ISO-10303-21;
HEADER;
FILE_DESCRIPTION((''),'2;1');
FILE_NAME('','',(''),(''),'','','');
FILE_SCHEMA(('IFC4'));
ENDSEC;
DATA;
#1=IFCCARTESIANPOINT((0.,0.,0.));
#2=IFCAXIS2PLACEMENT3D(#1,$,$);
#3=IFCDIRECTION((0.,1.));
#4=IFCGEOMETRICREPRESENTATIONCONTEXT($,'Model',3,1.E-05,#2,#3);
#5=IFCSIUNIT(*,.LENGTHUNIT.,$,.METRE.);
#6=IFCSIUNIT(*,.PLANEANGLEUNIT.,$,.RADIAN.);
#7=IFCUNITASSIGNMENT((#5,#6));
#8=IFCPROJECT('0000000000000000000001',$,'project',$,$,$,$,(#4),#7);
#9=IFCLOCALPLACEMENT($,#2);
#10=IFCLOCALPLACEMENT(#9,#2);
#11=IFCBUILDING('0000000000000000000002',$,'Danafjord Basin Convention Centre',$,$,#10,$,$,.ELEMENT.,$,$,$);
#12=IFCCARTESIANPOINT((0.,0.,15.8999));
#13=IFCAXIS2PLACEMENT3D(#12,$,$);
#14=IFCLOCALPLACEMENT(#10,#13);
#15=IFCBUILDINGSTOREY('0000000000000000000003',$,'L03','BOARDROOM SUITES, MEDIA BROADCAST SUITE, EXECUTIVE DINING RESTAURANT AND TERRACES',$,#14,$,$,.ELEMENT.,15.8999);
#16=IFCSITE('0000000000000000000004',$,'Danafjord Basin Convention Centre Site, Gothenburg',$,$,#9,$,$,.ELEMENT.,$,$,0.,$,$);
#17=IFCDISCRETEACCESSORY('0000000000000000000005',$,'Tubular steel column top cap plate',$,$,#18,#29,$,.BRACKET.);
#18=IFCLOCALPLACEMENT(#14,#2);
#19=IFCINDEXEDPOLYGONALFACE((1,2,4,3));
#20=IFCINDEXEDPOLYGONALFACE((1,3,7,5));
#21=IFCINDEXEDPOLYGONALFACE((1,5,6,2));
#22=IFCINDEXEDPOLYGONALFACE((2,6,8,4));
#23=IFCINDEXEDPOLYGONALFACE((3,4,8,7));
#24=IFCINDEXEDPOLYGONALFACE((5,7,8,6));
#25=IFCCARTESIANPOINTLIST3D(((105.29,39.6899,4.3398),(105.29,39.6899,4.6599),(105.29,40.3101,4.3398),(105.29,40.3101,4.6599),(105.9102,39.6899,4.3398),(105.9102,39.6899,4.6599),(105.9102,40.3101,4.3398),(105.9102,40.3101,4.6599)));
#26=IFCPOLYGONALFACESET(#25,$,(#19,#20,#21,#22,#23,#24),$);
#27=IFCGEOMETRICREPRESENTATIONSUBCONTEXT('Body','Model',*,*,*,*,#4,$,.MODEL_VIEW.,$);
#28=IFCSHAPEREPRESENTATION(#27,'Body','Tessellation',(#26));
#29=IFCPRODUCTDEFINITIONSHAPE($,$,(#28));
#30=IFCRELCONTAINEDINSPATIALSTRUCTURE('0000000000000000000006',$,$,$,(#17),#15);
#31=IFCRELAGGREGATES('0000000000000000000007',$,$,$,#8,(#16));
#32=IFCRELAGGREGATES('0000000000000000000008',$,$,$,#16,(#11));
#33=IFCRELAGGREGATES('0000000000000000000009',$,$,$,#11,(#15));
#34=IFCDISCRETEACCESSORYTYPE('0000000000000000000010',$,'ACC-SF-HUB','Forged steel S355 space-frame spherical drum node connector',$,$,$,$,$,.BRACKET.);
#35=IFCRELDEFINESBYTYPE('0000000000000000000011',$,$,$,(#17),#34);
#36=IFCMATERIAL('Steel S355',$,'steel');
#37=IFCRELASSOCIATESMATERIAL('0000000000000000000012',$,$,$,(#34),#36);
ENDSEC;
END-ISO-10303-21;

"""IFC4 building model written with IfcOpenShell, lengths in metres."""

from ifc_helpers import new_model, si_unit, direction, frame, origin, origin_2d, place, context, subcontext, project, spatial, rectangle, extrude, material, type_object, element, save


model = new_model("IFC4")

# Units and contexts
model_context = context("Model", 3, precision=1e-05, world=origin(), true_north=direction((0.0, 1.0)))
body_context = subcontext(model_context, "Body", "Model", "MODEL_VIEW")
ifc_project = project(units=[si_unit("LENGTHUNIT", "METRE"), si_unit("PLANEANGLEUNIT", "RADIAN")], contexts=[model_context])

# Site, building, storey
site_placement = place(None, origin())
site = spatial("IfcSite", under=ifc_project, at=site_placement, Name="Danafjord Basin Convention Centre Site, Gothenburg", CompositionType="ELEMENT", RefElevation=0.0)
building_placement = place(site_placement, origin())
building = spatial("IfcBuilding", under=site, at=building_placement, Name="Danafjord Basin Convention Centre", CompositionType="ELEMENT")
storey_placement = place(building_placement, frame((0.0, 0.0, 15.8999)))
storey = spatial("IfcBuildingStorey", under=building, at=storey_placement, Name="L03", Description="BOARDROOM SUITES, MEDIA BROADCAST SUITE, EXECUTIVE DINING RESTAURANT AND TERRACES", CompositionType="ELEMENT", Elevation=15.8999)

# Shared definitions
ifc_material_1 = material(Name="Steel S355", Category="steel")

# Discrete accessory
discrete_accessory_type = type_object("IfcDiscreteAccessoryType", Name="ACC-SF-HUB", Description="Forged steel S355 space-frame spherical drum node connector", PredefinedType="BRACKET", material=ifc_material_1)
for number, where, z_axis, x_axis, name in (
    (1, (105.6001, 40.0, 4.3398), (0.0, 0.0, 1.0), (1.0, 0.0, 0.0), "Tubular steel column top cap plate"),
):
    element("IfcDiscreteAccessory", number, at=place(storey_placement, frame(where, z_axis=z_axis, x_axis=x_axis)), inside=storey, type_object=discrete_accessory_type, Name=name, PredefinedType="BRACKET", context=body_context, shape_type="SweptSolid", body=[
        extrude(rectangle(XDim=0.6201, YDim=0.6201, at=origin_2d()), origin(), (0.0, 0.0, 1.0), 0.3201),
    ])

save(model, "model.ifc")
